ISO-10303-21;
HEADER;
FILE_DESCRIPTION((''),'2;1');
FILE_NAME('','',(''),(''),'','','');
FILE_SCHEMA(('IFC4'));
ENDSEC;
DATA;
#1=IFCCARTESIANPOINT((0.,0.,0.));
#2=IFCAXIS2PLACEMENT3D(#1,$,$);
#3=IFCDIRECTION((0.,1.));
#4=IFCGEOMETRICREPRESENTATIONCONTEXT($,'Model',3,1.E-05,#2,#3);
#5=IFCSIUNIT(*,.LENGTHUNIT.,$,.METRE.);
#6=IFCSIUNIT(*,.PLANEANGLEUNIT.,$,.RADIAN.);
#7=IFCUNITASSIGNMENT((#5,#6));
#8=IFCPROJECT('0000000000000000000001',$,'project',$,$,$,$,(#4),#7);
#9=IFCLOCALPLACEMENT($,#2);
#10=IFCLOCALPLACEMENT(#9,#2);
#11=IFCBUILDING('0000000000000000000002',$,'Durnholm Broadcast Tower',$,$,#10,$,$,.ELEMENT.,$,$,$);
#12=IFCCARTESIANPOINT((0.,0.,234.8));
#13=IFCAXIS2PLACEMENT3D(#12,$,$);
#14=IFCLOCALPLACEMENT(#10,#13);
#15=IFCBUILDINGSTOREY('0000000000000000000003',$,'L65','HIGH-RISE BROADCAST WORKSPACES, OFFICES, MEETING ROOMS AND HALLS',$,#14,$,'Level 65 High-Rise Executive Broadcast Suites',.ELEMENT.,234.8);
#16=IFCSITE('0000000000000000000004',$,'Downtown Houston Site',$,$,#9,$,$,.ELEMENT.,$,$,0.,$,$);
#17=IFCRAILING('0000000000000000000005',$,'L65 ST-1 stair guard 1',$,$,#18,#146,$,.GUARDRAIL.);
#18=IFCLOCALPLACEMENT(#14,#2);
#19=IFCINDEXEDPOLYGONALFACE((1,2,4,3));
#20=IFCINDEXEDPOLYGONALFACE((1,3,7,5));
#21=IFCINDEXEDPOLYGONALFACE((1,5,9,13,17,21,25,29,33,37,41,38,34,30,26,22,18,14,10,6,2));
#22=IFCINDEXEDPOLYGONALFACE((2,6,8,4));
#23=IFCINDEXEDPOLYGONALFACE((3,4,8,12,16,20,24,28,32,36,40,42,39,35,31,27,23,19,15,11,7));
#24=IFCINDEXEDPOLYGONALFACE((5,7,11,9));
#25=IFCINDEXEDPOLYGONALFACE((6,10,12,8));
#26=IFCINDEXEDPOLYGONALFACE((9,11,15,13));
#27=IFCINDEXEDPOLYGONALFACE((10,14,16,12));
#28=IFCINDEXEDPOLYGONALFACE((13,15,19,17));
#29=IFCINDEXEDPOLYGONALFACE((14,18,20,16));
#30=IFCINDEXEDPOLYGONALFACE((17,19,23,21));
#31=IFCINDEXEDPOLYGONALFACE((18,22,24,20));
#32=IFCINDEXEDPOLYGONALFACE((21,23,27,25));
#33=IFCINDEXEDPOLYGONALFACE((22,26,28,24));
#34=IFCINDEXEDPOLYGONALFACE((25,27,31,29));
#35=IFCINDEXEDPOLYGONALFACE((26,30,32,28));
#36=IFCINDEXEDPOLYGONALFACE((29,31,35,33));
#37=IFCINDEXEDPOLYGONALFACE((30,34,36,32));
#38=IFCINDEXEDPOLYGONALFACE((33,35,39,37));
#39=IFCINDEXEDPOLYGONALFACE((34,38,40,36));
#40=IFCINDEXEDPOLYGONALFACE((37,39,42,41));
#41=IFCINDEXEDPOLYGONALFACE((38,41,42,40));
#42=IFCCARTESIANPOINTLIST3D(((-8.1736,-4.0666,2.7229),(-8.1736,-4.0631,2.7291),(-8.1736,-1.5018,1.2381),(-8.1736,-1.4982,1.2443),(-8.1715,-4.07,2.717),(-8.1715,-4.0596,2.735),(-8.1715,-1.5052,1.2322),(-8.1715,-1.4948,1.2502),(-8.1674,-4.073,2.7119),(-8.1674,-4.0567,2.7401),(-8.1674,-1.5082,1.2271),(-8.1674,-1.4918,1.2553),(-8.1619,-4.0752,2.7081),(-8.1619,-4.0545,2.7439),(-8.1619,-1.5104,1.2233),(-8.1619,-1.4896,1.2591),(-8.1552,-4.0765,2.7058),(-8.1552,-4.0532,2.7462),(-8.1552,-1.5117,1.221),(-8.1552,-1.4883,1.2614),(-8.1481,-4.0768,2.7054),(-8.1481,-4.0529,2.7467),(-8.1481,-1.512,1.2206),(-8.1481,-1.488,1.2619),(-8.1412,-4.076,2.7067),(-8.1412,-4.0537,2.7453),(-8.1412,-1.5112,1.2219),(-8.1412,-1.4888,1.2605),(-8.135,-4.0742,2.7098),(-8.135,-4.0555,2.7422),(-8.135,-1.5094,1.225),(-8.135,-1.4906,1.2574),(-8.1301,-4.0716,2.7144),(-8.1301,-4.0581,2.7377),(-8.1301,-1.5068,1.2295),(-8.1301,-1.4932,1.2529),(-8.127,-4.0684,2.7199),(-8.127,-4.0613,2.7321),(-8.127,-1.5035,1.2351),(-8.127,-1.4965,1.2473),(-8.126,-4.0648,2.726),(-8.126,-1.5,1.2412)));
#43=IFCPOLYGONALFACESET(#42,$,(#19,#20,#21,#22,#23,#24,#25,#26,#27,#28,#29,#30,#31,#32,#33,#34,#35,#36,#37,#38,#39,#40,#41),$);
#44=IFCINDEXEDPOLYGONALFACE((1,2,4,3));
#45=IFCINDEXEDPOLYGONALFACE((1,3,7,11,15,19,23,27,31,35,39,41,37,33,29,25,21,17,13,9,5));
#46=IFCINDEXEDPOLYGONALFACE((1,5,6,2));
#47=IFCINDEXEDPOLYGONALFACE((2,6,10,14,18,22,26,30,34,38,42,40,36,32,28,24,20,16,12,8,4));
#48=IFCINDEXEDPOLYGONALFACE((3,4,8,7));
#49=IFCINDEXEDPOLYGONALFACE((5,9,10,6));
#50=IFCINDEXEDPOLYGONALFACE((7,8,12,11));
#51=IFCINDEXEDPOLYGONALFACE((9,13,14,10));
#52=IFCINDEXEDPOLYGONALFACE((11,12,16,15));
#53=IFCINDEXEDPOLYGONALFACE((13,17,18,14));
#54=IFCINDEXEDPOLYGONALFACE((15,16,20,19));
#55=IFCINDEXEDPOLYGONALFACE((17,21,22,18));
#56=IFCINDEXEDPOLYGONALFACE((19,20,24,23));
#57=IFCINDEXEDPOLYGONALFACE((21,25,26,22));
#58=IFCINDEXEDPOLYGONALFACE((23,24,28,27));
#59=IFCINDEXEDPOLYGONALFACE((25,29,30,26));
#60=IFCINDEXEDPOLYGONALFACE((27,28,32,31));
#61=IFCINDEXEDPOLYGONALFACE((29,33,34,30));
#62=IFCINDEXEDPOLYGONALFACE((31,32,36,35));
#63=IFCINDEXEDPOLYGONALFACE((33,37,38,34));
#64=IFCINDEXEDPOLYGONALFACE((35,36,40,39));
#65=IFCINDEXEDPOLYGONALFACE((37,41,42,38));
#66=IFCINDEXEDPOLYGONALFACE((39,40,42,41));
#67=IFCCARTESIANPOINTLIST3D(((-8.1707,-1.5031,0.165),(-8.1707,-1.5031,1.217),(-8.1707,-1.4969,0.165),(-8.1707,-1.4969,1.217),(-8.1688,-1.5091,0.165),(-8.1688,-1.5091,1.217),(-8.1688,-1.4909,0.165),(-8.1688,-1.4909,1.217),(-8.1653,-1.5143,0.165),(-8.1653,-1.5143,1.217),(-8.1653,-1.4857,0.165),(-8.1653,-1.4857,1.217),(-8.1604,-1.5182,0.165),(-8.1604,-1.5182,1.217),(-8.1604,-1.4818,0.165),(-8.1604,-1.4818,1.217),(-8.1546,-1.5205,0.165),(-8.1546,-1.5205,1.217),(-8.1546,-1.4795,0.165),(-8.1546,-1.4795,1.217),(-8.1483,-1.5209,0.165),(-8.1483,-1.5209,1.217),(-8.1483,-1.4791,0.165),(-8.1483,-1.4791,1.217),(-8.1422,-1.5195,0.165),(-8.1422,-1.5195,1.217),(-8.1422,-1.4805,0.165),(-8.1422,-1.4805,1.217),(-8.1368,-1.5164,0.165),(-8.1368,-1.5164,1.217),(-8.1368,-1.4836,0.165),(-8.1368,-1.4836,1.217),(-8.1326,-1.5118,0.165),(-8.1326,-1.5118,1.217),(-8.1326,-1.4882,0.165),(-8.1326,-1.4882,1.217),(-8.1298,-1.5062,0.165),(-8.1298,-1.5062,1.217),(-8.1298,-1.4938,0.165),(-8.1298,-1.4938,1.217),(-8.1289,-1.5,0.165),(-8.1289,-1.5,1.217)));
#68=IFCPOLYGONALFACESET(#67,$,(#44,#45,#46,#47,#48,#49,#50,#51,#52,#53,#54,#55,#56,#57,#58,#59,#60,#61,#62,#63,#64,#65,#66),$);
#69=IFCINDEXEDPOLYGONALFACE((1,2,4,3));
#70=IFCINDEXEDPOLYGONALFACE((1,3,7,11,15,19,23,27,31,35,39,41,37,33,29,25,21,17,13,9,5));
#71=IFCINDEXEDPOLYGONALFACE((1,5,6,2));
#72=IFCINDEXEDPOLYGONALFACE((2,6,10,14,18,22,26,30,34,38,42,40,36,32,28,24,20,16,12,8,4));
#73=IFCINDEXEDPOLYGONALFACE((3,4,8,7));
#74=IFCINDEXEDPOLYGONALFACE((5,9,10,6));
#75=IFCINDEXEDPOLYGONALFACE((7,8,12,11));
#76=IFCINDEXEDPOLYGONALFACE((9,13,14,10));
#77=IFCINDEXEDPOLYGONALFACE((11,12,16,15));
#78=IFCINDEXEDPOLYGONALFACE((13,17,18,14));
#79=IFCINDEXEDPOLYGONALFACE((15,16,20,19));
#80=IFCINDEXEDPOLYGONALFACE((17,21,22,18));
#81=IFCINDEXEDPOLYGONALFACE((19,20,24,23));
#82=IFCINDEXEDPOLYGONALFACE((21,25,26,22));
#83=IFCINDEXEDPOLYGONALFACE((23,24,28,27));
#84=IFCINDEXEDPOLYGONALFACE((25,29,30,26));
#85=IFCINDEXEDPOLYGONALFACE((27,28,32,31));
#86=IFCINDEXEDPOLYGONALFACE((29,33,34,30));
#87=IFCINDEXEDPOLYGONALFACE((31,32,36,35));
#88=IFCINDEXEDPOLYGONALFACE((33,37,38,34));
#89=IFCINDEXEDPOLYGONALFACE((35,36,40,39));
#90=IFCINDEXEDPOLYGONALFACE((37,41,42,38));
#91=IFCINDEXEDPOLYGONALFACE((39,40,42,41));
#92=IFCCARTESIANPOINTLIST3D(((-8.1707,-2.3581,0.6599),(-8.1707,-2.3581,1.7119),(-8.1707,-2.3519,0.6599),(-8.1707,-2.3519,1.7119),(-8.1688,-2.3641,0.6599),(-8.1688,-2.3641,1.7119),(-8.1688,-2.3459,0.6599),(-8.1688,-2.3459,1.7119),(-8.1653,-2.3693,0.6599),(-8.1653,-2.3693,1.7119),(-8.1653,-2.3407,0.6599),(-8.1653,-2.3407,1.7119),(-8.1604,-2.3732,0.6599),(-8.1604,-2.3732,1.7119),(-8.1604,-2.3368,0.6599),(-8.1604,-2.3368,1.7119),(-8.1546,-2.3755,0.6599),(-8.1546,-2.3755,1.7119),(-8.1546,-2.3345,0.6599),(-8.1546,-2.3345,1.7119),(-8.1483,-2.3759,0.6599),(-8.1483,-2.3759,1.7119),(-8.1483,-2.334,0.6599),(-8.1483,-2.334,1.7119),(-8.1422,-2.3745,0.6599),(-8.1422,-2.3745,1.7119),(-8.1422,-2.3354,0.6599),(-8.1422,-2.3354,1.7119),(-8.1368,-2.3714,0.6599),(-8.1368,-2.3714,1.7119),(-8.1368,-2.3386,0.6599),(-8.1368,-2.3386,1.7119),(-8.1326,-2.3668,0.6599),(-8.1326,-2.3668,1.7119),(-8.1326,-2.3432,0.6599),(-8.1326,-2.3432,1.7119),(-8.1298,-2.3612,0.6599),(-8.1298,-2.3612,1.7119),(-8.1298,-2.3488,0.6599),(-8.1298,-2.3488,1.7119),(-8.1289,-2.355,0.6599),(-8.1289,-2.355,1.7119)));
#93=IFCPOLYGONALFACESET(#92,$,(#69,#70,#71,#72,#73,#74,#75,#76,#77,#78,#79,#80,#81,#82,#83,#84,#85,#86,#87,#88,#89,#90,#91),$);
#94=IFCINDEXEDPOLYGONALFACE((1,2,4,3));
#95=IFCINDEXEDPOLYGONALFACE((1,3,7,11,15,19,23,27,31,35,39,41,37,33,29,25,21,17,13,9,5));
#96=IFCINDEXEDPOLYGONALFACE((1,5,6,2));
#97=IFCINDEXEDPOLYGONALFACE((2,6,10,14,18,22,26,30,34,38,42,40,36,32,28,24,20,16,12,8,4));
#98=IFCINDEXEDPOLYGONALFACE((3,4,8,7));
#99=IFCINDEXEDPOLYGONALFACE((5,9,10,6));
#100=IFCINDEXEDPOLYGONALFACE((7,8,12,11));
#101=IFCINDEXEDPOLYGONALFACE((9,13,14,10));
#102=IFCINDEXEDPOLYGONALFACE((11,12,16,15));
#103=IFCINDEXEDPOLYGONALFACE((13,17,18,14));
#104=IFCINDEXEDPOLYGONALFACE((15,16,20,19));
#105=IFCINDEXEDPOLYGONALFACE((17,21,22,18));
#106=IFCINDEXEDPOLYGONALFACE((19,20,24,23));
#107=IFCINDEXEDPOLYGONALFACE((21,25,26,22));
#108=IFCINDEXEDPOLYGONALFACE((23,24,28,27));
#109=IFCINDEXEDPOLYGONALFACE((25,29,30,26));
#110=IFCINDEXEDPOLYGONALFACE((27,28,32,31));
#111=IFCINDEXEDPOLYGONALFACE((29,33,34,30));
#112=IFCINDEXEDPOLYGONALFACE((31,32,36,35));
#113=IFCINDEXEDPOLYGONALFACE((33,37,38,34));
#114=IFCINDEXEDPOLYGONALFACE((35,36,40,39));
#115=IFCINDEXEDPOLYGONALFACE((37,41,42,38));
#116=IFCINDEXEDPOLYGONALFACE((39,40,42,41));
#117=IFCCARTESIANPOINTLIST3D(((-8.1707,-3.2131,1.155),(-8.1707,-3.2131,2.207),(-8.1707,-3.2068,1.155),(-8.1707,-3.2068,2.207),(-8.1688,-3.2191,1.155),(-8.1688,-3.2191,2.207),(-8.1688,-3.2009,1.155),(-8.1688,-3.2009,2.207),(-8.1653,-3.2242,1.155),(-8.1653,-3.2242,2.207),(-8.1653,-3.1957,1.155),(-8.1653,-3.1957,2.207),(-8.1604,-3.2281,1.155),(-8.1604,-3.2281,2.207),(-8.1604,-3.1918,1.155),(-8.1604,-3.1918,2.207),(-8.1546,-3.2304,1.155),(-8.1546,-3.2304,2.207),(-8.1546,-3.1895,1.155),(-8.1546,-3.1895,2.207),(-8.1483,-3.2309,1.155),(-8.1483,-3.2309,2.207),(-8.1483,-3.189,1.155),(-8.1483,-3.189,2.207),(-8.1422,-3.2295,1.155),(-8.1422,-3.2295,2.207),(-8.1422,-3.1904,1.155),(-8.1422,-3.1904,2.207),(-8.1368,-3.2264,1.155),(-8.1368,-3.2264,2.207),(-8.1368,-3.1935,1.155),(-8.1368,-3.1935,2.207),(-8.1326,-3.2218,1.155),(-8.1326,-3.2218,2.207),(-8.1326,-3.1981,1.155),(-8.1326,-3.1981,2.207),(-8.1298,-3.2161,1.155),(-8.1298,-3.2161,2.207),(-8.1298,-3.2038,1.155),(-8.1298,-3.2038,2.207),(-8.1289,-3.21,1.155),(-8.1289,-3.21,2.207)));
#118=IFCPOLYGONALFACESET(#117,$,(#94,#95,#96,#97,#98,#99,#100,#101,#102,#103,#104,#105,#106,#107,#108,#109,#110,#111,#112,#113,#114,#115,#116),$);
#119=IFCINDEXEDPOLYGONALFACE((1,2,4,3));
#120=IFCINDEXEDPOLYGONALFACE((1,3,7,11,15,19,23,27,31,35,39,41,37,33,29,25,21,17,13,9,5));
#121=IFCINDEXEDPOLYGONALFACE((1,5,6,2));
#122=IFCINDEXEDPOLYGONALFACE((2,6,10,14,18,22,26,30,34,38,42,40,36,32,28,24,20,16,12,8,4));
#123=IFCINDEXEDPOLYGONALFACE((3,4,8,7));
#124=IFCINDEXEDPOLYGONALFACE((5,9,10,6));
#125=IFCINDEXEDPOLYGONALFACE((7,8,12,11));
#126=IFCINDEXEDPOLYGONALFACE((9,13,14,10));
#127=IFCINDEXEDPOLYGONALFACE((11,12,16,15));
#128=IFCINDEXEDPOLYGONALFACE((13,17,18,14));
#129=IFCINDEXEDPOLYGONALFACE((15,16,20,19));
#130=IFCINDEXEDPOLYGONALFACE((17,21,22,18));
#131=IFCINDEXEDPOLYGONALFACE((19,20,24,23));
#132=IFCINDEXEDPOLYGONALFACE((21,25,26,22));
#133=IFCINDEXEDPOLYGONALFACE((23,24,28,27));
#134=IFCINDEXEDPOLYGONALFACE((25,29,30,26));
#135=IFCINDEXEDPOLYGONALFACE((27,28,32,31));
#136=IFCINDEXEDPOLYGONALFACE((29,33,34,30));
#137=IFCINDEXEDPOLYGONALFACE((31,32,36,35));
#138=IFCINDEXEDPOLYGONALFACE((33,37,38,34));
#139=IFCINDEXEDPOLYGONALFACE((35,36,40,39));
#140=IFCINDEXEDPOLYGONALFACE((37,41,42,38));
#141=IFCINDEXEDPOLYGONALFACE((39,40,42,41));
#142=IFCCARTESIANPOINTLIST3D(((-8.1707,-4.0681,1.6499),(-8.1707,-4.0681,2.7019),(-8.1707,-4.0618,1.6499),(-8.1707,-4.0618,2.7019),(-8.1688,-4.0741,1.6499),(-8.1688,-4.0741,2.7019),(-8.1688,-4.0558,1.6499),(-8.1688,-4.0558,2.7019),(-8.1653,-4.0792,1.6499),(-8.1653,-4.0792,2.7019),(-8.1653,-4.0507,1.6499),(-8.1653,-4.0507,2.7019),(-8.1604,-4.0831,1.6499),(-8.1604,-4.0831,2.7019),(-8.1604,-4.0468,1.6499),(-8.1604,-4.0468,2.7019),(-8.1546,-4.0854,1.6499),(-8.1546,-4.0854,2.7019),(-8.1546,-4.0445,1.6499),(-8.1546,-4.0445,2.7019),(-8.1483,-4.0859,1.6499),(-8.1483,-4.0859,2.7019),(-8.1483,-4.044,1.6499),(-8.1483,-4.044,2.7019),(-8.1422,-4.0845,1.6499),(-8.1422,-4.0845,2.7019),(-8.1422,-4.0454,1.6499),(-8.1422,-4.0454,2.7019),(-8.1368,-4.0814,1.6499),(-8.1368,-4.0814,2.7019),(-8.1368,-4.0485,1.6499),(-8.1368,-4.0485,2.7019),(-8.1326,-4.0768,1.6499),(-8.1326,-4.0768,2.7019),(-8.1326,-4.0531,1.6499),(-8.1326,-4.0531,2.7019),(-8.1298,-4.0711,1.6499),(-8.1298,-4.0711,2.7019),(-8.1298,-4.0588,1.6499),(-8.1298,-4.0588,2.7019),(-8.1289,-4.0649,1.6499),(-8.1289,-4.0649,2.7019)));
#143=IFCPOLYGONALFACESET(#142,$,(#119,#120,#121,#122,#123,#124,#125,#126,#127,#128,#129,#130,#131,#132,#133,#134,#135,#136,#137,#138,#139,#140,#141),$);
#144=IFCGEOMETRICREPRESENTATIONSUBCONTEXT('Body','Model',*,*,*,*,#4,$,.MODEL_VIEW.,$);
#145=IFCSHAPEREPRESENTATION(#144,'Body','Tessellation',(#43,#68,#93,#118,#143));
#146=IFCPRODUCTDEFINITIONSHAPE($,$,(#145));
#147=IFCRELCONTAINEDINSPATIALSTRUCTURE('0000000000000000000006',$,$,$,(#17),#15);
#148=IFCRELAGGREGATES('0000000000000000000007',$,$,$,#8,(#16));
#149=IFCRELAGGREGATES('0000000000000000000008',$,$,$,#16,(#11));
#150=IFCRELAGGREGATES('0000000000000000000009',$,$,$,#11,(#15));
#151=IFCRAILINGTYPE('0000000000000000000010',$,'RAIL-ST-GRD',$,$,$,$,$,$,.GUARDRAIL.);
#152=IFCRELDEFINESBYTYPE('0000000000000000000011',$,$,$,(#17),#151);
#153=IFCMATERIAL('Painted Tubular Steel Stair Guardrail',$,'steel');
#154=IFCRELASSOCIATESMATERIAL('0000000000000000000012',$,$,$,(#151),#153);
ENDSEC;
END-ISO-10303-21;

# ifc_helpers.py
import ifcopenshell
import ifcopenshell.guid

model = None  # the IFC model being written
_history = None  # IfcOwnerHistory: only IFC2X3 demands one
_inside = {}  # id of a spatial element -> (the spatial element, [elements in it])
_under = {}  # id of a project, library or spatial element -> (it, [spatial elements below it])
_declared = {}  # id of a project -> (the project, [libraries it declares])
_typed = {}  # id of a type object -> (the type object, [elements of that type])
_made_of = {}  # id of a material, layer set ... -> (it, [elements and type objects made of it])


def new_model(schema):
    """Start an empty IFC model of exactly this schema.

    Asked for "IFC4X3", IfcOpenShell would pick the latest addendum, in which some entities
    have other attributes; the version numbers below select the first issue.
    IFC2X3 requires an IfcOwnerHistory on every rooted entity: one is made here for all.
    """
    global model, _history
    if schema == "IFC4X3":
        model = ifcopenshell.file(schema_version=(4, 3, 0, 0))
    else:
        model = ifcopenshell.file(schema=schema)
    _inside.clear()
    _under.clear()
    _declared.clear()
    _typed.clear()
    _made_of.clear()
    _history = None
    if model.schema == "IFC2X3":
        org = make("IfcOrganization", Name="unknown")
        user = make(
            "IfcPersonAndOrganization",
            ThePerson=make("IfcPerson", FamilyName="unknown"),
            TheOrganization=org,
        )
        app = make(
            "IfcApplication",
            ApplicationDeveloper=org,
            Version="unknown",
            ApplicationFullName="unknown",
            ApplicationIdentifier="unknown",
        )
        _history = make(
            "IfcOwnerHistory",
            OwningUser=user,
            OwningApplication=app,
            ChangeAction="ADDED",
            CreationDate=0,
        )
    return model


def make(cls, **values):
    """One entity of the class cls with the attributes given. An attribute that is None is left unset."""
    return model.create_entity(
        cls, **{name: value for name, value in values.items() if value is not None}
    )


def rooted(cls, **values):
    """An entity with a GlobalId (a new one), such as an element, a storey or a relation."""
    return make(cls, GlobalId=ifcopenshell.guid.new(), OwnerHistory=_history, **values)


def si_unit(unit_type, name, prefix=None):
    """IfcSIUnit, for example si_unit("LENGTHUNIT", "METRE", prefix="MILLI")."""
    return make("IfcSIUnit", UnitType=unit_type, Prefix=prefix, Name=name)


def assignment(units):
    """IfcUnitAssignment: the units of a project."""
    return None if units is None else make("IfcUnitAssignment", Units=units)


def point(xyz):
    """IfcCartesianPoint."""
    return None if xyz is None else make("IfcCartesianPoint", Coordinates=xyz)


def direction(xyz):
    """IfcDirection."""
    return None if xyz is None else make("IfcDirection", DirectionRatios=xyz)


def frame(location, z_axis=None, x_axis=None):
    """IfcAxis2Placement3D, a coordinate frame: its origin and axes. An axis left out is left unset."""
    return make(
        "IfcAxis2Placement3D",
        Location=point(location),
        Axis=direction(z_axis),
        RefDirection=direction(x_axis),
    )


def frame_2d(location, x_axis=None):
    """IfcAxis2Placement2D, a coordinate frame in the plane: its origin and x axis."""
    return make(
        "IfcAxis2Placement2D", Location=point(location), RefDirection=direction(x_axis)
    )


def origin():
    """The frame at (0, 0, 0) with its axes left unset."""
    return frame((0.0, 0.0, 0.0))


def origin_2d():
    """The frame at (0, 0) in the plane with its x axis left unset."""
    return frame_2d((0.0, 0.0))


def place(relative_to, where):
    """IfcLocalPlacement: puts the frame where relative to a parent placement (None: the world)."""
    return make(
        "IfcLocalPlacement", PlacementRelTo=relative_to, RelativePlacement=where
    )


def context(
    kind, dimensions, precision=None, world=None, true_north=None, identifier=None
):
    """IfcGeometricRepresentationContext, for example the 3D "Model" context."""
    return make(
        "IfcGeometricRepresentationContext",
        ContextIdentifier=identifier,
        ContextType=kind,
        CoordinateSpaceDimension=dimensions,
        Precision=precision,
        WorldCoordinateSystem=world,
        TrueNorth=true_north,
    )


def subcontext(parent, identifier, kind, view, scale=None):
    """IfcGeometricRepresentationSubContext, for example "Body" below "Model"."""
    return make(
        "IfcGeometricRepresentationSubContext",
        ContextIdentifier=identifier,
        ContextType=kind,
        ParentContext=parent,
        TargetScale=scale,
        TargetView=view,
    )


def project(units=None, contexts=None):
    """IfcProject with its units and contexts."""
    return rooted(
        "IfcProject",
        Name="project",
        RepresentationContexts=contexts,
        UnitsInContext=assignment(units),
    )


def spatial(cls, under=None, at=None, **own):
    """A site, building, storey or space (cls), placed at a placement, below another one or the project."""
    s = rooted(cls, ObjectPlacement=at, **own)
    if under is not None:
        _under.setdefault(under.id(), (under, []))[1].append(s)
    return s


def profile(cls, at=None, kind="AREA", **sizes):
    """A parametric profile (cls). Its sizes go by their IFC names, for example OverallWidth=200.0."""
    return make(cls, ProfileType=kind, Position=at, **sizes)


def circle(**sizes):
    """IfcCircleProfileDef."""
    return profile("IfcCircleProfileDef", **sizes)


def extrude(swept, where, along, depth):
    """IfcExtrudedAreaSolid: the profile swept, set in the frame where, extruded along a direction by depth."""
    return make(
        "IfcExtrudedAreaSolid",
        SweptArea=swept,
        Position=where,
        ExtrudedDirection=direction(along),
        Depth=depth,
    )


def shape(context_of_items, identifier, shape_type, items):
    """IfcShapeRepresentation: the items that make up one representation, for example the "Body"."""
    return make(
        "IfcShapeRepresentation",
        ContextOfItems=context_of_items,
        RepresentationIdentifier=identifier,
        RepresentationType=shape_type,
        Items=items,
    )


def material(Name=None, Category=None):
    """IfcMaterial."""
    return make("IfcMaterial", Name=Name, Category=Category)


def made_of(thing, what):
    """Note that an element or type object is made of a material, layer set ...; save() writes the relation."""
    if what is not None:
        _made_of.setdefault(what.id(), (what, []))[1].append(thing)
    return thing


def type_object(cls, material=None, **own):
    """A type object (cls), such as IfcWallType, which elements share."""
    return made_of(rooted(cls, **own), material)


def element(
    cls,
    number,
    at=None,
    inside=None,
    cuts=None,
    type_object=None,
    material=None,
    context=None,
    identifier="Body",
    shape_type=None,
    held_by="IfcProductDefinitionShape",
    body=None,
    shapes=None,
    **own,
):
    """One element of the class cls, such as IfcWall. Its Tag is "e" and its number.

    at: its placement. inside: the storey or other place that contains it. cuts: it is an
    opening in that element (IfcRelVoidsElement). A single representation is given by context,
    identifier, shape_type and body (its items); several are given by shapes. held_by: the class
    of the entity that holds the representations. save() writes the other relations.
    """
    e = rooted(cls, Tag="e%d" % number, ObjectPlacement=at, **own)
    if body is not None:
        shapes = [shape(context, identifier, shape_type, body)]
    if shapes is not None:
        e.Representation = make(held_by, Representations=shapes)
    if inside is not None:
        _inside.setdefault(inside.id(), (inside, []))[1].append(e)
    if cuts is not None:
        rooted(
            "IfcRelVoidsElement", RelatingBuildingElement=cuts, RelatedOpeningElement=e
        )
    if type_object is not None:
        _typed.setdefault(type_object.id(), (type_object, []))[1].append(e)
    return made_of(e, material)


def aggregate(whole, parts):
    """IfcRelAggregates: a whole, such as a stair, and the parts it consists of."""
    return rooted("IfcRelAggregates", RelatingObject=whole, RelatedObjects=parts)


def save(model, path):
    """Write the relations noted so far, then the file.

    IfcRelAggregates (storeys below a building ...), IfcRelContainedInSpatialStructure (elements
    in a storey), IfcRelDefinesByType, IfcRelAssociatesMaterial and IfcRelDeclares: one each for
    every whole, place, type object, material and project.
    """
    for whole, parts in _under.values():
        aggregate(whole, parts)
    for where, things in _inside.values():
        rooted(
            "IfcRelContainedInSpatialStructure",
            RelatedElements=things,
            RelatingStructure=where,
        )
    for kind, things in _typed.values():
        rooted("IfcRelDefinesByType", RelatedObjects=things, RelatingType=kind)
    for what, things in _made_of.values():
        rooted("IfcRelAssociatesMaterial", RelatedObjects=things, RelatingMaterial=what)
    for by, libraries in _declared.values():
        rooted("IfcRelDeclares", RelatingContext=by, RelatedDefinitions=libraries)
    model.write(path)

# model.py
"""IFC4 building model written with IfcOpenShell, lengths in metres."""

from ifc_helpers import new_model, si_unit, direction, frame, origin, origin_2d, place, context, subcontext, project, spatial, circle, extrude, material, type_object, element, save


model = new_model("IFC4")

# Units and contexts
model_context = context("Model", 3, precision=1e-05, world=origin(), true_north=direction((0.0, 1.0)))
body_context = subcontext(model_context, "Body", "Model", "MODEL_VIEW")
ifc_project = project(units=[si_unit("LENGTHUNIT", "METRE"), si_unit("PLANEANGLEUNIT", "RADIAN")], contexts=[model_context])

# Site, building, storey
site_placement = place(None, origin())
site = spatial("IfcSite", under=ifc_project, at=site_placement, Name="Downtown Houston Site", CompositionType="ELEMENT", RefElevation=0.0)
building_placement = place(site_placement, origin())
building = spatial("IfcBuilding", under=site, at=building_placement, Name="Durnholm Broadcast Tower", CompositionType="ELEMENT")
storey_placement = place(building_placement, frame((0.0, 0.0, 234.8)))
storey = spatial("IfcBuildingStorey", under=building, at=storey_placement, Name="L65", Description="HIGH-RISE BROADCAST WORKSPACES, OFFICES, MEETING ROOMS AND HALLS", LongName="Level 65 High-Rise Executive Broadcast Suites", CompositionType="ELEMENT", Elevation=234.8)

# Railing
ifc_material_1 = material(Name="Painted Tubular Steel Stair Guardrail", Category="steel")
railing_type_1 = type_object("IfcRailingType", Name="RAIL-ST-GRD", PredefinedType="GUARDRAIL", material=ifc_material_1)
railing_1_placement = place(storey_placement, frame((-8.1499, -1.5, 0.165)))
element("IfcRailing", 1, at=railing_1_placement, inside=storey, type_object=railing_type_1, Name="L65 ST-1 stair guard 1", PredefinedType="GUARDRAIL", context=body_context, shape_type="SweptSolid", body=[
    extrude(circle(Radius=0.0239, at=origin_2d()), frame((0.0, 0.0, 1.0762), z_axis=(0.0, -0.865441, 0.50101), x_axis=(1.0, 0.0, 0.0)), (0.0, 0.0, 1.0), 2.9636),
    extrude(circle(Radius=0.021, at=origin_2d()), origin(), (0.0, 0.0, 1.0), 1.052),
    extrude(circle(Radius=0.021, at=origin_2d()), frame((0.0, -0.855, 0.4949)), (0.0, 0.0, 1.0), 1.052),
    extrude(circle(Radius=0.021, at=origin_2d()), frame((0.0, -1.71, 0.99)), (0.0, 0.0, 1.0), 1.052),
    extrude(circle(Radius=0.021, at=origin_2d()), frame((0.0, -2.5649, 1.4849)), (0.0, 0.0, 1.0), 1.052),
])

save(model, "model.ifc")
